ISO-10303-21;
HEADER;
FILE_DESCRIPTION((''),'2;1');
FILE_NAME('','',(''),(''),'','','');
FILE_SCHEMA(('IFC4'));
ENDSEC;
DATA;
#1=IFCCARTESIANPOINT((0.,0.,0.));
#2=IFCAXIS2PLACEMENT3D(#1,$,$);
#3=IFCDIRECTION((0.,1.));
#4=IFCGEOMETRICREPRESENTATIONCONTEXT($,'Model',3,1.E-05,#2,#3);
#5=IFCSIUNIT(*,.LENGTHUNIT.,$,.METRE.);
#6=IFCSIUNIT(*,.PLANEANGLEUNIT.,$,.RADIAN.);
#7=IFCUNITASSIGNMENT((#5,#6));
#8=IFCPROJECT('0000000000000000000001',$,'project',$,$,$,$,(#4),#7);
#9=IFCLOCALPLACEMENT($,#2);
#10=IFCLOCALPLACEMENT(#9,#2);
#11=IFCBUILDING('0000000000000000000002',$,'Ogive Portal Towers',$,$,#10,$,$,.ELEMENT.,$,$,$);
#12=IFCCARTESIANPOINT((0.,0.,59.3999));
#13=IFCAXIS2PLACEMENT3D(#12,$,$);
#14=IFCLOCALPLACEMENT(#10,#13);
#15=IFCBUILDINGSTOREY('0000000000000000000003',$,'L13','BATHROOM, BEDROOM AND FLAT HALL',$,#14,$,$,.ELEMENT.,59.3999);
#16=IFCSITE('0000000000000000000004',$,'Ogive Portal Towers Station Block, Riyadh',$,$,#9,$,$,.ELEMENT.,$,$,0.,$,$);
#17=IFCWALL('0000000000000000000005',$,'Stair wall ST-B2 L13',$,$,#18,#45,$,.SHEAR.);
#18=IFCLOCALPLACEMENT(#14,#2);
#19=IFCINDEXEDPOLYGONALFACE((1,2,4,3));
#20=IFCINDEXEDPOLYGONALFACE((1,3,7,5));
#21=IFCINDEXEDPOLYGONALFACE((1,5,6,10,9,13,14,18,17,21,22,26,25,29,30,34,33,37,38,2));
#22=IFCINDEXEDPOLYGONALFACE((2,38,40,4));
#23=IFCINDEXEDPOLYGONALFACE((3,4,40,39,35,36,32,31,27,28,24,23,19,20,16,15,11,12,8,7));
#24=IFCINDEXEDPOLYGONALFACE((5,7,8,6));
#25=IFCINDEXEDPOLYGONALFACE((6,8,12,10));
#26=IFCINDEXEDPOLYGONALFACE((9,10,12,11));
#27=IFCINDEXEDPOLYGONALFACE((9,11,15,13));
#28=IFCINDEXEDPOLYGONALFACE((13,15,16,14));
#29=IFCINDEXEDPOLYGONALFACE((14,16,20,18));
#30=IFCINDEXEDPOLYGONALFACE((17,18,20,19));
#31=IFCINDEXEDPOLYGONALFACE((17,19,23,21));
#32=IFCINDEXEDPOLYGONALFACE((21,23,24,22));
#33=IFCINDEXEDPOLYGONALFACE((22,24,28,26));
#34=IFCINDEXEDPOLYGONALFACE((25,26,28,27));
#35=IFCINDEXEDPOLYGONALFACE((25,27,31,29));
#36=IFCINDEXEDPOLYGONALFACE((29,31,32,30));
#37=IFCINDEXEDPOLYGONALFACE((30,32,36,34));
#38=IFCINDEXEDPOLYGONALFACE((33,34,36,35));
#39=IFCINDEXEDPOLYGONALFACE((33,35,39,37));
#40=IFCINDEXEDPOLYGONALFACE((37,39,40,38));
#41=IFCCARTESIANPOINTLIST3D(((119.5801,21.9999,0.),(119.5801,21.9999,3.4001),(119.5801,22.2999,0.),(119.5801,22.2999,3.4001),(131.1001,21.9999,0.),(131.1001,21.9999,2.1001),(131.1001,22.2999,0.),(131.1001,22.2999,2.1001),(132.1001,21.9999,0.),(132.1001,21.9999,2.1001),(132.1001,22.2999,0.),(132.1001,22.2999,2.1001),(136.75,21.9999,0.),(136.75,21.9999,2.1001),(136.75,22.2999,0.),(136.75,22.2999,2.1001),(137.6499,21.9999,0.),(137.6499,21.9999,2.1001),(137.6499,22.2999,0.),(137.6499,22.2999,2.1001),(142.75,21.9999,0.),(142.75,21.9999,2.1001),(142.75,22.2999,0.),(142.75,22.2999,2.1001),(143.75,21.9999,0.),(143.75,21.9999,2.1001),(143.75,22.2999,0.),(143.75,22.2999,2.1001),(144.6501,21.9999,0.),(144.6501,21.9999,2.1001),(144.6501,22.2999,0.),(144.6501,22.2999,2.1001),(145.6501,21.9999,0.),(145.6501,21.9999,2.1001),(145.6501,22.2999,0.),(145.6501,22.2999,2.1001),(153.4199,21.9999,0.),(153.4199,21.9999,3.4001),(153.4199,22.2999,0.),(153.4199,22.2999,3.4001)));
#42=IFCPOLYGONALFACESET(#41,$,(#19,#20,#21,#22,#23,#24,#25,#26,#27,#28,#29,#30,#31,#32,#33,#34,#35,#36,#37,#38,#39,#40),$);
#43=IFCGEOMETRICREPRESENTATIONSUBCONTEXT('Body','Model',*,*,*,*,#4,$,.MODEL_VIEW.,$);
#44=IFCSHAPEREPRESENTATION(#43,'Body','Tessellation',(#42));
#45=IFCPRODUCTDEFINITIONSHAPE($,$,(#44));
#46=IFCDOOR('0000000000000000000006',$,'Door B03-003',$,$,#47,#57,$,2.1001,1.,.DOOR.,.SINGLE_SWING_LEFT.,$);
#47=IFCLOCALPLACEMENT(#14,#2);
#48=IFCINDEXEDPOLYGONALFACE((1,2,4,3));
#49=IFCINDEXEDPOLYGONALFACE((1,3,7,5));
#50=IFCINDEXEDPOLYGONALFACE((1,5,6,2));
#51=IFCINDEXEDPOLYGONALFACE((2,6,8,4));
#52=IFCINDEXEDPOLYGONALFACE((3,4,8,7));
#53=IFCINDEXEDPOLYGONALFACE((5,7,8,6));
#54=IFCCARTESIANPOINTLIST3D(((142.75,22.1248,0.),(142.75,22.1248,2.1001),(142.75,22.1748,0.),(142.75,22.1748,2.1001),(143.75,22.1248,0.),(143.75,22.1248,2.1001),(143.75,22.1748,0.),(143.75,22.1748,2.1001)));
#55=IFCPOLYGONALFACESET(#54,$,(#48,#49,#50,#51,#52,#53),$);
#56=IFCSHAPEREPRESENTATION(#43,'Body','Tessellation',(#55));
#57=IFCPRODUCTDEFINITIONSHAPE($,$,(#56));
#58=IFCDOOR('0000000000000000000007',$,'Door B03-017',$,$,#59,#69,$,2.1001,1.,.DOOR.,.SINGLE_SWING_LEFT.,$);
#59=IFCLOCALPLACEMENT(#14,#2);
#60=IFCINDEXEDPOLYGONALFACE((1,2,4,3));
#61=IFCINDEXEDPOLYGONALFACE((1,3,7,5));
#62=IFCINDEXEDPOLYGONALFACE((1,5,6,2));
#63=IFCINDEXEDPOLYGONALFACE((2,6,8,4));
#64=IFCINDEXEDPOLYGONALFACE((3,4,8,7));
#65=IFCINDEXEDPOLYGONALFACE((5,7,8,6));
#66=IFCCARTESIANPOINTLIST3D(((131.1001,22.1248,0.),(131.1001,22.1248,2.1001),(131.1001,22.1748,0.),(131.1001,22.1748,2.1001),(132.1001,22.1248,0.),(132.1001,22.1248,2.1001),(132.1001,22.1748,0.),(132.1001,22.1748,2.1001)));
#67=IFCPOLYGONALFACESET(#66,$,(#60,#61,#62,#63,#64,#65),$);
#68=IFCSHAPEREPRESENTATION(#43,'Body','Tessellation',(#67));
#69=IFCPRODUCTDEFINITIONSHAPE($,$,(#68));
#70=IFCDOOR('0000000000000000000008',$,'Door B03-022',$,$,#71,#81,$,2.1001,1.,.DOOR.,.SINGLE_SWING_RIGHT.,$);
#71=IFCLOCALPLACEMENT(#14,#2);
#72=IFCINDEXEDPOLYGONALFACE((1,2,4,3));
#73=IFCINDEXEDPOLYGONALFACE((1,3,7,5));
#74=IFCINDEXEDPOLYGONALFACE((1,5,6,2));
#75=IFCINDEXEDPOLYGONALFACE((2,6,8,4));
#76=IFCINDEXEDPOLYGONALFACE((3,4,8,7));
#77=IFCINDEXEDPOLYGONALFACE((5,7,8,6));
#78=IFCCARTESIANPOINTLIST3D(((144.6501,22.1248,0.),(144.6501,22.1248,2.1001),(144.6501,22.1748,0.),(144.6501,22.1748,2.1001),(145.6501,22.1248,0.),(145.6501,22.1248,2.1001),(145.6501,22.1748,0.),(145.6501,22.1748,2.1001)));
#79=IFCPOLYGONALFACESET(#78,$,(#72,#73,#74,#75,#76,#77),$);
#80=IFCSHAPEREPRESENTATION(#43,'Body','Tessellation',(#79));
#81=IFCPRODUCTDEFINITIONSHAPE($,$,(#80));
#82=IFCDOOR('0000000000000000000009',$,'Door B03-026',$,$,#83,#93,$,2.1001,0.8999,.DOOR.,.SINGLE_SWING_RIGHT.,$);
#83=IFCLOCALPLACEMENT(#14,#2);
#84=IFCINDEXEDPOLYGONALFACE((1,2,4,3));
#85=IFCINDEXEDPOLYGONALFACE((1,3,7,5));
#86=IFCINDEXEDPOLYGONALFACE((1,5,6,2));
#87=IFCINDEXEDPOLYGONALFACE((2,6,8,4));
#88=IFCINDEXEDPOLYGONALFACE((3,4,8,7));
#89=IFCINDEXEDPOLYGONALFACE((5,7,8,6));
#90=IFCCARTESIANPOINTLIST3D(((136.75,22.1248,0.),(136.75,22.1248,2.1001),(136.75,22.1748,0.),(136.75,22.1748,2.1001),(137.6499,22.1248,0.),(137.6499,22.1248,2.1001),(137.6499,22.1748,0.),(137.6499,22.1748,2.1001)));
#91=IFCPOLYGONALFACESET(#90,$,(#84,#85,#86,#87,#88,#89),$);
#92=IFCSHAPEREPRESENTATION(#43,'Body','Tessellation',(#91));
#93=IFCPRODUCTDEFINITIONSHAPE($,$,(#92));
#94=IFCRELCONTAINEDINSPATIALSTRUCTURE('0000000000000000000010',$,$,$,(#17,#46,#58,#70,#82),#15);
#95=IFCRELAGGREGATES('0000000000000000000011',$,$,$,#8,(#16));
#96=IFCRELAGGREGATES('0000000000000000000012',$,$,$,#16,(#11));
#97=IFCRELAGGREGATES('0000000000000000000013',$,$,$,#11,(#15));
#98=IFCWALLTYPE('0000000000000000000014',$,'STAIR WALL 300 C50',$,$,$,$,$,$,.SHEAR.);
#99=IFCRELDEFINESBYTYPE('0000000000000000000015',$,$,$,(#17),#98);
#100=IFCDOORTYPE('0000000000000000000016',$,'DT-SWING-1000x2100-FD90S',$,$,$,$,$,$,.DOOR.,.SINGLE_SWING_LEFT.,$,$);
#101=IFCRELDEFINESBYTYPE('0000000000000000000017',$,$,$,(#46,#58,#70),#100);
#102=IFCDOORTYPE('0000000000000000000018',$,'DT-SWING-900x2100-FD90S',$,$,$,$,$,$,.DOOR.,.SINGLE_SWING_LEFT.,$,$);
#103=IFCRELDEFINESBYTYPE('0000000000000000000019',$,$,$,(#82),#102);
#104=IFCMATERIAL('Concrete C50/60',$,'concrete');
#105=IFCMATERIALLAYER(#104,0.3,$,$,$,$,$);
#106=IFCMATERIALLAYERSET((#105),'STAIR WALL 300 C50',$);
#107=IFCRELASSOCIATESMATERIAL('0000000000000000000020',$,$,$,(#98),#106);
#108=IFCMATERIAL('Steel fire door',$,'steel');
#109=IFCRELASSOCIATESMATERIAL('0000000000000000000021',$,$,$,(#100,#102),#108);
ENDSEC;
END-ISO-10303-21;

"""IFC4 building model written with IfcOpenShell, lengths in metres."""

from ifc_helpers import new_model, si_unit, direction, frame, frame_2d, origin, place, context, subcontext, project, spatial, rectangle, extrude, material, layer, layer_set, type_object, element, fill, save


model = new_model("IFC4")

# Units and contexts
model_context = context("Model", 3, precision=1e-05, world=origin(), true_north=direction((0.0, 1.0)))
body_context = subcontext(model_context, "Body", "Model", "MODEL_VIEW")
ifc_project = project(units=[si_unit("LENGTHUNIT", "METRE"), si_unit("PLANEANGLEUNIT", "RADIAN")], contexts=[model_context])

# Site, building, storey
site_placement = place(None, origin())
site = spatial("IfcSite", under=ifc_project, at=site_placement, Name="Ogive Portal Towers Station Block, Riyadh", CompositionType="ELEMENT", RefElevation=0.0)
building_placement = place(site_placement, origin())
building = spatial("IfcBuilding", under=site, at=building_placement, Name="Ogive Portal Towers", CompositionType="ELEMENT")
storey_placement = place(building_placement, frame((0.0, 0.0, 59.3999)))
storey = spatial("IfcBuildingStorey", under=building, at=storey_placement, Name="L13", Description="BATHROOM, BEDROOM AND FLAT HALL", CompositionType="ELEMENT", Elevation=59.3999)

# Shared definitions
ifc_material_1 = material(Name="Concrete C50/60", Category="concrete")

# Wall, openings, doors
ifc_layer_1 = layer(ifc_material_1, 0.3)
ifc_layer_set_1 = layer_set([ifc_layer_1], Name="STAIR WALL 300 C50")
wall_type_1 = type_object("IfcWallType", Name="STAIR WALL 300 C50", PredefinedType="SHEAR", material=ifc_layer_set_1)
wall_1_placement = place(storey_placement, frame((119.5801, 22.1499, 0.0), z_axis=(0.0, 0.0, 1.0), x_axis=(1.0, 0.0, 0.0)))
wall_1 = element("IfcWall", 1, at=wall_1_placement, inside=storey, type_object=wall_type_1, Name="Stair wall ST-B2 L13", PredefinedType="SHEAR", context=body_context, shape_type="SweptSolid", body=[
    extrude(rectangle(XDim=33.8398, YDim=0.3, at=frame_2d((16.9199, 0.0))), origin(), (0.0, 0.0, 1.0), 3.4001),
])
opening_1_placement = place(wall_1_placement, frame((23.1699, 0.0, 0.0)))
opening_1 = element("IfcOpeningElement", 2, at=opening_1_placement, cuts=wall_1, PredefinedType="OPENING", context=body_context, shape_type="SweptSolid", body=[
    extrude(rectangle(XDim=1.0, YDim=2.1001, at=frame_2d((0.5, 1.05))), frame((0.0, 0.1602, 0.0), z_axis=(0.0, -1.0, 0.0), x_axis=(1.0, 0.0, 0.0)), (0.0, 0.0, 1.0), 0.3201),
])
opening_2_placement = place(wall_1_placement, frame((11.52, 0.0, 0.0)))
opening_2 = element("IfcOpeningElement", 3, at=opening_2_placement, cuts=wall_1, PredefinedType="OPENING", context=body_context, shape_type="SweptSolid", body=[
    extrude(rectangle(XDim=1.0, YDim=2.1001, at=frame_2d((0.5, 1.05))), frame((0.0, 0.1602, 0.0), z_axis=(0.0, -1.0, 0.0), x_axis=(1.0, 0.0, 0.0)), (0.0, 0.0, 1.0), 0.3201),
])
opening_3_placement = place(wall_1_placement, frame((25.0701, 0.0, 0.0)))
opening_3 = element("IfcOpeningElement", 4, at=opening_3_placement, cuts=wall_1, PredefinedType="OPENING", context=body_context, shape_type="SweptSolid", body=[
    extrude(rectangle(XDim=1.0, YDim=2.1001, at=frame_2d((0.5, 1.05))), frame((0.0, 0.1602, 0.0), z_axis=(0.0, -1.0, 0.0), x_axis=(1.0, 0.0, 0.0)), (0.0, 0.0, 1.0), 0.3201),
])
opening_4_placement = place(wall_1_placement, frame((17.1699, 0.0, 0.0)))
opening_4 = element("IfcOpeningElement", 5, at=opening_4_placement, cuts=wall_1, PredefinedType="OPENING", context=body_context, shape_type="SweptSolid", body=[
    extrude(rectangle(XDim=0.8999, YDim=2.1001, at=frame_2d((0.45, 1.05))), frame((0.0, 0.1602, 0.0), z_axis=(0.0, -1.0, 0.0), x_axis=(1.0, 0.0, 0.0)), (0.0, 0.0, 1.0), 0.3201),
])
ifc_material_2 = material(Name="Steel fire door", Category="steel")
door_type_1 = type_object("IfcDoorType", Name="DT-SWING-1000x2100-FD90S", OperationType="SINGLE_SWING_LEFT", PredefinedType="DOOR", material=ifc_material_2)
door_1_placement = place(opening_1_placement, origin())
door_1 = element("IfcDoor", 6, at=door_1_placement, inside=storey, type_object=door_type_1, Name="Door B03-003", OperationType="SINGLE_SWING_LEFT", OverallHeight=2.1001, OverallWidth=1.0, PredefinedType="DOOR", context=body_context, shape_type="SweptSolid", body=[
    extrude(rectangle(XDim=1.0, YDim=2.1001, at=frame_2d((0.5, 1.05))), frame((0.0, 0.0249, 0.0), z_axis=(0.0, -1.0, 0.0), x_axis=(1.0, 0.0, 0.0)), (0.0, 0.0, 1.0), 0.05),
])
fill(opening_1, door_1)
door_2_placement = place(opening_2_placement, origin())
door_2 = element("IfcDoor", 7, at=door_2_placement, inside=storey, type_object=door_type_1, Name="Door B03-017", OperationType="SINGLE_SWING_LEFT", OverallHeight=2.1001, OverallWidth=1.0, PredefinedType="DOOR", context=body_context, shape_type="SweptSolid", body=[
    extrude(rectangle(XDim=1.0, YDim=2.1001, at=frame_2d((0.5, 1.05))), frame((0.0, 0.0249, 0.0), z_axis=(0.0, -1.0, 0.0), x_axis=(1.0, 0.0, 0.0)), (0.0, 0.0, 1.0), 0.05),
])
fill(opening_2, door_2)
door_3_placement = place(opening_3_placement, origin())
door_3 = element("IfcDoor", 8, at=door_3_placement, inside=storey, type_object=door_type_1, Name="Door B03-022", OperationType="SINGLE_SWING_RIGHT", OverallHeight=2.1001, OverallWidth=1.0, PredefinedType="DOOR", context=body_context, shape_type="SweptSolid", body=[
    extrude(rectangle(XDim=1.0, YDim=2.1001, at=frame_2d((0.5, 1.05))), frame((0.0, 0.0249, 0.0), z_axis=(0.0, -1.0, 0.0), x_axis=(1.0, 0.0, 0.0)), (0.0, 0.0, 1.0), 0.05),
])
fill(opening_3, door_3)
door_type_2 = type_object("IfcDoorType", Name="DT-SWING-900x2100-FD90S", OperationType="SINGLE_SWING_LEFT", PredefinedType="DOOR", material=ifc_material_2)
door_4_placement = place(opening_4_placement, origin())
door_4 = element("IfcDoor", 9, at=door_4_placement, inside=storey, type_object=door_type_2, Name="Door B03-026", OperationType="SINGLE_SWING_RIGHT", OverallHeight=2.1001, OverallWidth=0.8999, PredefinedType="DOOR", context=body_context, shape_type="SweptSolid", body=[
    extrude(rectangle(XDim=0.8999, YDim=2.1001, at=frame_2d((0.45, 1.05))), frame((0.0, 0.0249, 0.0), z_axis=(0.0, -1.0, 0.0), x_axis=(1.0, 0.0, 0.0)), (0.0, 0.0, 1.0), 0.05),
])
fill(opening_4, door_4)

save(model, "model.ifc")
